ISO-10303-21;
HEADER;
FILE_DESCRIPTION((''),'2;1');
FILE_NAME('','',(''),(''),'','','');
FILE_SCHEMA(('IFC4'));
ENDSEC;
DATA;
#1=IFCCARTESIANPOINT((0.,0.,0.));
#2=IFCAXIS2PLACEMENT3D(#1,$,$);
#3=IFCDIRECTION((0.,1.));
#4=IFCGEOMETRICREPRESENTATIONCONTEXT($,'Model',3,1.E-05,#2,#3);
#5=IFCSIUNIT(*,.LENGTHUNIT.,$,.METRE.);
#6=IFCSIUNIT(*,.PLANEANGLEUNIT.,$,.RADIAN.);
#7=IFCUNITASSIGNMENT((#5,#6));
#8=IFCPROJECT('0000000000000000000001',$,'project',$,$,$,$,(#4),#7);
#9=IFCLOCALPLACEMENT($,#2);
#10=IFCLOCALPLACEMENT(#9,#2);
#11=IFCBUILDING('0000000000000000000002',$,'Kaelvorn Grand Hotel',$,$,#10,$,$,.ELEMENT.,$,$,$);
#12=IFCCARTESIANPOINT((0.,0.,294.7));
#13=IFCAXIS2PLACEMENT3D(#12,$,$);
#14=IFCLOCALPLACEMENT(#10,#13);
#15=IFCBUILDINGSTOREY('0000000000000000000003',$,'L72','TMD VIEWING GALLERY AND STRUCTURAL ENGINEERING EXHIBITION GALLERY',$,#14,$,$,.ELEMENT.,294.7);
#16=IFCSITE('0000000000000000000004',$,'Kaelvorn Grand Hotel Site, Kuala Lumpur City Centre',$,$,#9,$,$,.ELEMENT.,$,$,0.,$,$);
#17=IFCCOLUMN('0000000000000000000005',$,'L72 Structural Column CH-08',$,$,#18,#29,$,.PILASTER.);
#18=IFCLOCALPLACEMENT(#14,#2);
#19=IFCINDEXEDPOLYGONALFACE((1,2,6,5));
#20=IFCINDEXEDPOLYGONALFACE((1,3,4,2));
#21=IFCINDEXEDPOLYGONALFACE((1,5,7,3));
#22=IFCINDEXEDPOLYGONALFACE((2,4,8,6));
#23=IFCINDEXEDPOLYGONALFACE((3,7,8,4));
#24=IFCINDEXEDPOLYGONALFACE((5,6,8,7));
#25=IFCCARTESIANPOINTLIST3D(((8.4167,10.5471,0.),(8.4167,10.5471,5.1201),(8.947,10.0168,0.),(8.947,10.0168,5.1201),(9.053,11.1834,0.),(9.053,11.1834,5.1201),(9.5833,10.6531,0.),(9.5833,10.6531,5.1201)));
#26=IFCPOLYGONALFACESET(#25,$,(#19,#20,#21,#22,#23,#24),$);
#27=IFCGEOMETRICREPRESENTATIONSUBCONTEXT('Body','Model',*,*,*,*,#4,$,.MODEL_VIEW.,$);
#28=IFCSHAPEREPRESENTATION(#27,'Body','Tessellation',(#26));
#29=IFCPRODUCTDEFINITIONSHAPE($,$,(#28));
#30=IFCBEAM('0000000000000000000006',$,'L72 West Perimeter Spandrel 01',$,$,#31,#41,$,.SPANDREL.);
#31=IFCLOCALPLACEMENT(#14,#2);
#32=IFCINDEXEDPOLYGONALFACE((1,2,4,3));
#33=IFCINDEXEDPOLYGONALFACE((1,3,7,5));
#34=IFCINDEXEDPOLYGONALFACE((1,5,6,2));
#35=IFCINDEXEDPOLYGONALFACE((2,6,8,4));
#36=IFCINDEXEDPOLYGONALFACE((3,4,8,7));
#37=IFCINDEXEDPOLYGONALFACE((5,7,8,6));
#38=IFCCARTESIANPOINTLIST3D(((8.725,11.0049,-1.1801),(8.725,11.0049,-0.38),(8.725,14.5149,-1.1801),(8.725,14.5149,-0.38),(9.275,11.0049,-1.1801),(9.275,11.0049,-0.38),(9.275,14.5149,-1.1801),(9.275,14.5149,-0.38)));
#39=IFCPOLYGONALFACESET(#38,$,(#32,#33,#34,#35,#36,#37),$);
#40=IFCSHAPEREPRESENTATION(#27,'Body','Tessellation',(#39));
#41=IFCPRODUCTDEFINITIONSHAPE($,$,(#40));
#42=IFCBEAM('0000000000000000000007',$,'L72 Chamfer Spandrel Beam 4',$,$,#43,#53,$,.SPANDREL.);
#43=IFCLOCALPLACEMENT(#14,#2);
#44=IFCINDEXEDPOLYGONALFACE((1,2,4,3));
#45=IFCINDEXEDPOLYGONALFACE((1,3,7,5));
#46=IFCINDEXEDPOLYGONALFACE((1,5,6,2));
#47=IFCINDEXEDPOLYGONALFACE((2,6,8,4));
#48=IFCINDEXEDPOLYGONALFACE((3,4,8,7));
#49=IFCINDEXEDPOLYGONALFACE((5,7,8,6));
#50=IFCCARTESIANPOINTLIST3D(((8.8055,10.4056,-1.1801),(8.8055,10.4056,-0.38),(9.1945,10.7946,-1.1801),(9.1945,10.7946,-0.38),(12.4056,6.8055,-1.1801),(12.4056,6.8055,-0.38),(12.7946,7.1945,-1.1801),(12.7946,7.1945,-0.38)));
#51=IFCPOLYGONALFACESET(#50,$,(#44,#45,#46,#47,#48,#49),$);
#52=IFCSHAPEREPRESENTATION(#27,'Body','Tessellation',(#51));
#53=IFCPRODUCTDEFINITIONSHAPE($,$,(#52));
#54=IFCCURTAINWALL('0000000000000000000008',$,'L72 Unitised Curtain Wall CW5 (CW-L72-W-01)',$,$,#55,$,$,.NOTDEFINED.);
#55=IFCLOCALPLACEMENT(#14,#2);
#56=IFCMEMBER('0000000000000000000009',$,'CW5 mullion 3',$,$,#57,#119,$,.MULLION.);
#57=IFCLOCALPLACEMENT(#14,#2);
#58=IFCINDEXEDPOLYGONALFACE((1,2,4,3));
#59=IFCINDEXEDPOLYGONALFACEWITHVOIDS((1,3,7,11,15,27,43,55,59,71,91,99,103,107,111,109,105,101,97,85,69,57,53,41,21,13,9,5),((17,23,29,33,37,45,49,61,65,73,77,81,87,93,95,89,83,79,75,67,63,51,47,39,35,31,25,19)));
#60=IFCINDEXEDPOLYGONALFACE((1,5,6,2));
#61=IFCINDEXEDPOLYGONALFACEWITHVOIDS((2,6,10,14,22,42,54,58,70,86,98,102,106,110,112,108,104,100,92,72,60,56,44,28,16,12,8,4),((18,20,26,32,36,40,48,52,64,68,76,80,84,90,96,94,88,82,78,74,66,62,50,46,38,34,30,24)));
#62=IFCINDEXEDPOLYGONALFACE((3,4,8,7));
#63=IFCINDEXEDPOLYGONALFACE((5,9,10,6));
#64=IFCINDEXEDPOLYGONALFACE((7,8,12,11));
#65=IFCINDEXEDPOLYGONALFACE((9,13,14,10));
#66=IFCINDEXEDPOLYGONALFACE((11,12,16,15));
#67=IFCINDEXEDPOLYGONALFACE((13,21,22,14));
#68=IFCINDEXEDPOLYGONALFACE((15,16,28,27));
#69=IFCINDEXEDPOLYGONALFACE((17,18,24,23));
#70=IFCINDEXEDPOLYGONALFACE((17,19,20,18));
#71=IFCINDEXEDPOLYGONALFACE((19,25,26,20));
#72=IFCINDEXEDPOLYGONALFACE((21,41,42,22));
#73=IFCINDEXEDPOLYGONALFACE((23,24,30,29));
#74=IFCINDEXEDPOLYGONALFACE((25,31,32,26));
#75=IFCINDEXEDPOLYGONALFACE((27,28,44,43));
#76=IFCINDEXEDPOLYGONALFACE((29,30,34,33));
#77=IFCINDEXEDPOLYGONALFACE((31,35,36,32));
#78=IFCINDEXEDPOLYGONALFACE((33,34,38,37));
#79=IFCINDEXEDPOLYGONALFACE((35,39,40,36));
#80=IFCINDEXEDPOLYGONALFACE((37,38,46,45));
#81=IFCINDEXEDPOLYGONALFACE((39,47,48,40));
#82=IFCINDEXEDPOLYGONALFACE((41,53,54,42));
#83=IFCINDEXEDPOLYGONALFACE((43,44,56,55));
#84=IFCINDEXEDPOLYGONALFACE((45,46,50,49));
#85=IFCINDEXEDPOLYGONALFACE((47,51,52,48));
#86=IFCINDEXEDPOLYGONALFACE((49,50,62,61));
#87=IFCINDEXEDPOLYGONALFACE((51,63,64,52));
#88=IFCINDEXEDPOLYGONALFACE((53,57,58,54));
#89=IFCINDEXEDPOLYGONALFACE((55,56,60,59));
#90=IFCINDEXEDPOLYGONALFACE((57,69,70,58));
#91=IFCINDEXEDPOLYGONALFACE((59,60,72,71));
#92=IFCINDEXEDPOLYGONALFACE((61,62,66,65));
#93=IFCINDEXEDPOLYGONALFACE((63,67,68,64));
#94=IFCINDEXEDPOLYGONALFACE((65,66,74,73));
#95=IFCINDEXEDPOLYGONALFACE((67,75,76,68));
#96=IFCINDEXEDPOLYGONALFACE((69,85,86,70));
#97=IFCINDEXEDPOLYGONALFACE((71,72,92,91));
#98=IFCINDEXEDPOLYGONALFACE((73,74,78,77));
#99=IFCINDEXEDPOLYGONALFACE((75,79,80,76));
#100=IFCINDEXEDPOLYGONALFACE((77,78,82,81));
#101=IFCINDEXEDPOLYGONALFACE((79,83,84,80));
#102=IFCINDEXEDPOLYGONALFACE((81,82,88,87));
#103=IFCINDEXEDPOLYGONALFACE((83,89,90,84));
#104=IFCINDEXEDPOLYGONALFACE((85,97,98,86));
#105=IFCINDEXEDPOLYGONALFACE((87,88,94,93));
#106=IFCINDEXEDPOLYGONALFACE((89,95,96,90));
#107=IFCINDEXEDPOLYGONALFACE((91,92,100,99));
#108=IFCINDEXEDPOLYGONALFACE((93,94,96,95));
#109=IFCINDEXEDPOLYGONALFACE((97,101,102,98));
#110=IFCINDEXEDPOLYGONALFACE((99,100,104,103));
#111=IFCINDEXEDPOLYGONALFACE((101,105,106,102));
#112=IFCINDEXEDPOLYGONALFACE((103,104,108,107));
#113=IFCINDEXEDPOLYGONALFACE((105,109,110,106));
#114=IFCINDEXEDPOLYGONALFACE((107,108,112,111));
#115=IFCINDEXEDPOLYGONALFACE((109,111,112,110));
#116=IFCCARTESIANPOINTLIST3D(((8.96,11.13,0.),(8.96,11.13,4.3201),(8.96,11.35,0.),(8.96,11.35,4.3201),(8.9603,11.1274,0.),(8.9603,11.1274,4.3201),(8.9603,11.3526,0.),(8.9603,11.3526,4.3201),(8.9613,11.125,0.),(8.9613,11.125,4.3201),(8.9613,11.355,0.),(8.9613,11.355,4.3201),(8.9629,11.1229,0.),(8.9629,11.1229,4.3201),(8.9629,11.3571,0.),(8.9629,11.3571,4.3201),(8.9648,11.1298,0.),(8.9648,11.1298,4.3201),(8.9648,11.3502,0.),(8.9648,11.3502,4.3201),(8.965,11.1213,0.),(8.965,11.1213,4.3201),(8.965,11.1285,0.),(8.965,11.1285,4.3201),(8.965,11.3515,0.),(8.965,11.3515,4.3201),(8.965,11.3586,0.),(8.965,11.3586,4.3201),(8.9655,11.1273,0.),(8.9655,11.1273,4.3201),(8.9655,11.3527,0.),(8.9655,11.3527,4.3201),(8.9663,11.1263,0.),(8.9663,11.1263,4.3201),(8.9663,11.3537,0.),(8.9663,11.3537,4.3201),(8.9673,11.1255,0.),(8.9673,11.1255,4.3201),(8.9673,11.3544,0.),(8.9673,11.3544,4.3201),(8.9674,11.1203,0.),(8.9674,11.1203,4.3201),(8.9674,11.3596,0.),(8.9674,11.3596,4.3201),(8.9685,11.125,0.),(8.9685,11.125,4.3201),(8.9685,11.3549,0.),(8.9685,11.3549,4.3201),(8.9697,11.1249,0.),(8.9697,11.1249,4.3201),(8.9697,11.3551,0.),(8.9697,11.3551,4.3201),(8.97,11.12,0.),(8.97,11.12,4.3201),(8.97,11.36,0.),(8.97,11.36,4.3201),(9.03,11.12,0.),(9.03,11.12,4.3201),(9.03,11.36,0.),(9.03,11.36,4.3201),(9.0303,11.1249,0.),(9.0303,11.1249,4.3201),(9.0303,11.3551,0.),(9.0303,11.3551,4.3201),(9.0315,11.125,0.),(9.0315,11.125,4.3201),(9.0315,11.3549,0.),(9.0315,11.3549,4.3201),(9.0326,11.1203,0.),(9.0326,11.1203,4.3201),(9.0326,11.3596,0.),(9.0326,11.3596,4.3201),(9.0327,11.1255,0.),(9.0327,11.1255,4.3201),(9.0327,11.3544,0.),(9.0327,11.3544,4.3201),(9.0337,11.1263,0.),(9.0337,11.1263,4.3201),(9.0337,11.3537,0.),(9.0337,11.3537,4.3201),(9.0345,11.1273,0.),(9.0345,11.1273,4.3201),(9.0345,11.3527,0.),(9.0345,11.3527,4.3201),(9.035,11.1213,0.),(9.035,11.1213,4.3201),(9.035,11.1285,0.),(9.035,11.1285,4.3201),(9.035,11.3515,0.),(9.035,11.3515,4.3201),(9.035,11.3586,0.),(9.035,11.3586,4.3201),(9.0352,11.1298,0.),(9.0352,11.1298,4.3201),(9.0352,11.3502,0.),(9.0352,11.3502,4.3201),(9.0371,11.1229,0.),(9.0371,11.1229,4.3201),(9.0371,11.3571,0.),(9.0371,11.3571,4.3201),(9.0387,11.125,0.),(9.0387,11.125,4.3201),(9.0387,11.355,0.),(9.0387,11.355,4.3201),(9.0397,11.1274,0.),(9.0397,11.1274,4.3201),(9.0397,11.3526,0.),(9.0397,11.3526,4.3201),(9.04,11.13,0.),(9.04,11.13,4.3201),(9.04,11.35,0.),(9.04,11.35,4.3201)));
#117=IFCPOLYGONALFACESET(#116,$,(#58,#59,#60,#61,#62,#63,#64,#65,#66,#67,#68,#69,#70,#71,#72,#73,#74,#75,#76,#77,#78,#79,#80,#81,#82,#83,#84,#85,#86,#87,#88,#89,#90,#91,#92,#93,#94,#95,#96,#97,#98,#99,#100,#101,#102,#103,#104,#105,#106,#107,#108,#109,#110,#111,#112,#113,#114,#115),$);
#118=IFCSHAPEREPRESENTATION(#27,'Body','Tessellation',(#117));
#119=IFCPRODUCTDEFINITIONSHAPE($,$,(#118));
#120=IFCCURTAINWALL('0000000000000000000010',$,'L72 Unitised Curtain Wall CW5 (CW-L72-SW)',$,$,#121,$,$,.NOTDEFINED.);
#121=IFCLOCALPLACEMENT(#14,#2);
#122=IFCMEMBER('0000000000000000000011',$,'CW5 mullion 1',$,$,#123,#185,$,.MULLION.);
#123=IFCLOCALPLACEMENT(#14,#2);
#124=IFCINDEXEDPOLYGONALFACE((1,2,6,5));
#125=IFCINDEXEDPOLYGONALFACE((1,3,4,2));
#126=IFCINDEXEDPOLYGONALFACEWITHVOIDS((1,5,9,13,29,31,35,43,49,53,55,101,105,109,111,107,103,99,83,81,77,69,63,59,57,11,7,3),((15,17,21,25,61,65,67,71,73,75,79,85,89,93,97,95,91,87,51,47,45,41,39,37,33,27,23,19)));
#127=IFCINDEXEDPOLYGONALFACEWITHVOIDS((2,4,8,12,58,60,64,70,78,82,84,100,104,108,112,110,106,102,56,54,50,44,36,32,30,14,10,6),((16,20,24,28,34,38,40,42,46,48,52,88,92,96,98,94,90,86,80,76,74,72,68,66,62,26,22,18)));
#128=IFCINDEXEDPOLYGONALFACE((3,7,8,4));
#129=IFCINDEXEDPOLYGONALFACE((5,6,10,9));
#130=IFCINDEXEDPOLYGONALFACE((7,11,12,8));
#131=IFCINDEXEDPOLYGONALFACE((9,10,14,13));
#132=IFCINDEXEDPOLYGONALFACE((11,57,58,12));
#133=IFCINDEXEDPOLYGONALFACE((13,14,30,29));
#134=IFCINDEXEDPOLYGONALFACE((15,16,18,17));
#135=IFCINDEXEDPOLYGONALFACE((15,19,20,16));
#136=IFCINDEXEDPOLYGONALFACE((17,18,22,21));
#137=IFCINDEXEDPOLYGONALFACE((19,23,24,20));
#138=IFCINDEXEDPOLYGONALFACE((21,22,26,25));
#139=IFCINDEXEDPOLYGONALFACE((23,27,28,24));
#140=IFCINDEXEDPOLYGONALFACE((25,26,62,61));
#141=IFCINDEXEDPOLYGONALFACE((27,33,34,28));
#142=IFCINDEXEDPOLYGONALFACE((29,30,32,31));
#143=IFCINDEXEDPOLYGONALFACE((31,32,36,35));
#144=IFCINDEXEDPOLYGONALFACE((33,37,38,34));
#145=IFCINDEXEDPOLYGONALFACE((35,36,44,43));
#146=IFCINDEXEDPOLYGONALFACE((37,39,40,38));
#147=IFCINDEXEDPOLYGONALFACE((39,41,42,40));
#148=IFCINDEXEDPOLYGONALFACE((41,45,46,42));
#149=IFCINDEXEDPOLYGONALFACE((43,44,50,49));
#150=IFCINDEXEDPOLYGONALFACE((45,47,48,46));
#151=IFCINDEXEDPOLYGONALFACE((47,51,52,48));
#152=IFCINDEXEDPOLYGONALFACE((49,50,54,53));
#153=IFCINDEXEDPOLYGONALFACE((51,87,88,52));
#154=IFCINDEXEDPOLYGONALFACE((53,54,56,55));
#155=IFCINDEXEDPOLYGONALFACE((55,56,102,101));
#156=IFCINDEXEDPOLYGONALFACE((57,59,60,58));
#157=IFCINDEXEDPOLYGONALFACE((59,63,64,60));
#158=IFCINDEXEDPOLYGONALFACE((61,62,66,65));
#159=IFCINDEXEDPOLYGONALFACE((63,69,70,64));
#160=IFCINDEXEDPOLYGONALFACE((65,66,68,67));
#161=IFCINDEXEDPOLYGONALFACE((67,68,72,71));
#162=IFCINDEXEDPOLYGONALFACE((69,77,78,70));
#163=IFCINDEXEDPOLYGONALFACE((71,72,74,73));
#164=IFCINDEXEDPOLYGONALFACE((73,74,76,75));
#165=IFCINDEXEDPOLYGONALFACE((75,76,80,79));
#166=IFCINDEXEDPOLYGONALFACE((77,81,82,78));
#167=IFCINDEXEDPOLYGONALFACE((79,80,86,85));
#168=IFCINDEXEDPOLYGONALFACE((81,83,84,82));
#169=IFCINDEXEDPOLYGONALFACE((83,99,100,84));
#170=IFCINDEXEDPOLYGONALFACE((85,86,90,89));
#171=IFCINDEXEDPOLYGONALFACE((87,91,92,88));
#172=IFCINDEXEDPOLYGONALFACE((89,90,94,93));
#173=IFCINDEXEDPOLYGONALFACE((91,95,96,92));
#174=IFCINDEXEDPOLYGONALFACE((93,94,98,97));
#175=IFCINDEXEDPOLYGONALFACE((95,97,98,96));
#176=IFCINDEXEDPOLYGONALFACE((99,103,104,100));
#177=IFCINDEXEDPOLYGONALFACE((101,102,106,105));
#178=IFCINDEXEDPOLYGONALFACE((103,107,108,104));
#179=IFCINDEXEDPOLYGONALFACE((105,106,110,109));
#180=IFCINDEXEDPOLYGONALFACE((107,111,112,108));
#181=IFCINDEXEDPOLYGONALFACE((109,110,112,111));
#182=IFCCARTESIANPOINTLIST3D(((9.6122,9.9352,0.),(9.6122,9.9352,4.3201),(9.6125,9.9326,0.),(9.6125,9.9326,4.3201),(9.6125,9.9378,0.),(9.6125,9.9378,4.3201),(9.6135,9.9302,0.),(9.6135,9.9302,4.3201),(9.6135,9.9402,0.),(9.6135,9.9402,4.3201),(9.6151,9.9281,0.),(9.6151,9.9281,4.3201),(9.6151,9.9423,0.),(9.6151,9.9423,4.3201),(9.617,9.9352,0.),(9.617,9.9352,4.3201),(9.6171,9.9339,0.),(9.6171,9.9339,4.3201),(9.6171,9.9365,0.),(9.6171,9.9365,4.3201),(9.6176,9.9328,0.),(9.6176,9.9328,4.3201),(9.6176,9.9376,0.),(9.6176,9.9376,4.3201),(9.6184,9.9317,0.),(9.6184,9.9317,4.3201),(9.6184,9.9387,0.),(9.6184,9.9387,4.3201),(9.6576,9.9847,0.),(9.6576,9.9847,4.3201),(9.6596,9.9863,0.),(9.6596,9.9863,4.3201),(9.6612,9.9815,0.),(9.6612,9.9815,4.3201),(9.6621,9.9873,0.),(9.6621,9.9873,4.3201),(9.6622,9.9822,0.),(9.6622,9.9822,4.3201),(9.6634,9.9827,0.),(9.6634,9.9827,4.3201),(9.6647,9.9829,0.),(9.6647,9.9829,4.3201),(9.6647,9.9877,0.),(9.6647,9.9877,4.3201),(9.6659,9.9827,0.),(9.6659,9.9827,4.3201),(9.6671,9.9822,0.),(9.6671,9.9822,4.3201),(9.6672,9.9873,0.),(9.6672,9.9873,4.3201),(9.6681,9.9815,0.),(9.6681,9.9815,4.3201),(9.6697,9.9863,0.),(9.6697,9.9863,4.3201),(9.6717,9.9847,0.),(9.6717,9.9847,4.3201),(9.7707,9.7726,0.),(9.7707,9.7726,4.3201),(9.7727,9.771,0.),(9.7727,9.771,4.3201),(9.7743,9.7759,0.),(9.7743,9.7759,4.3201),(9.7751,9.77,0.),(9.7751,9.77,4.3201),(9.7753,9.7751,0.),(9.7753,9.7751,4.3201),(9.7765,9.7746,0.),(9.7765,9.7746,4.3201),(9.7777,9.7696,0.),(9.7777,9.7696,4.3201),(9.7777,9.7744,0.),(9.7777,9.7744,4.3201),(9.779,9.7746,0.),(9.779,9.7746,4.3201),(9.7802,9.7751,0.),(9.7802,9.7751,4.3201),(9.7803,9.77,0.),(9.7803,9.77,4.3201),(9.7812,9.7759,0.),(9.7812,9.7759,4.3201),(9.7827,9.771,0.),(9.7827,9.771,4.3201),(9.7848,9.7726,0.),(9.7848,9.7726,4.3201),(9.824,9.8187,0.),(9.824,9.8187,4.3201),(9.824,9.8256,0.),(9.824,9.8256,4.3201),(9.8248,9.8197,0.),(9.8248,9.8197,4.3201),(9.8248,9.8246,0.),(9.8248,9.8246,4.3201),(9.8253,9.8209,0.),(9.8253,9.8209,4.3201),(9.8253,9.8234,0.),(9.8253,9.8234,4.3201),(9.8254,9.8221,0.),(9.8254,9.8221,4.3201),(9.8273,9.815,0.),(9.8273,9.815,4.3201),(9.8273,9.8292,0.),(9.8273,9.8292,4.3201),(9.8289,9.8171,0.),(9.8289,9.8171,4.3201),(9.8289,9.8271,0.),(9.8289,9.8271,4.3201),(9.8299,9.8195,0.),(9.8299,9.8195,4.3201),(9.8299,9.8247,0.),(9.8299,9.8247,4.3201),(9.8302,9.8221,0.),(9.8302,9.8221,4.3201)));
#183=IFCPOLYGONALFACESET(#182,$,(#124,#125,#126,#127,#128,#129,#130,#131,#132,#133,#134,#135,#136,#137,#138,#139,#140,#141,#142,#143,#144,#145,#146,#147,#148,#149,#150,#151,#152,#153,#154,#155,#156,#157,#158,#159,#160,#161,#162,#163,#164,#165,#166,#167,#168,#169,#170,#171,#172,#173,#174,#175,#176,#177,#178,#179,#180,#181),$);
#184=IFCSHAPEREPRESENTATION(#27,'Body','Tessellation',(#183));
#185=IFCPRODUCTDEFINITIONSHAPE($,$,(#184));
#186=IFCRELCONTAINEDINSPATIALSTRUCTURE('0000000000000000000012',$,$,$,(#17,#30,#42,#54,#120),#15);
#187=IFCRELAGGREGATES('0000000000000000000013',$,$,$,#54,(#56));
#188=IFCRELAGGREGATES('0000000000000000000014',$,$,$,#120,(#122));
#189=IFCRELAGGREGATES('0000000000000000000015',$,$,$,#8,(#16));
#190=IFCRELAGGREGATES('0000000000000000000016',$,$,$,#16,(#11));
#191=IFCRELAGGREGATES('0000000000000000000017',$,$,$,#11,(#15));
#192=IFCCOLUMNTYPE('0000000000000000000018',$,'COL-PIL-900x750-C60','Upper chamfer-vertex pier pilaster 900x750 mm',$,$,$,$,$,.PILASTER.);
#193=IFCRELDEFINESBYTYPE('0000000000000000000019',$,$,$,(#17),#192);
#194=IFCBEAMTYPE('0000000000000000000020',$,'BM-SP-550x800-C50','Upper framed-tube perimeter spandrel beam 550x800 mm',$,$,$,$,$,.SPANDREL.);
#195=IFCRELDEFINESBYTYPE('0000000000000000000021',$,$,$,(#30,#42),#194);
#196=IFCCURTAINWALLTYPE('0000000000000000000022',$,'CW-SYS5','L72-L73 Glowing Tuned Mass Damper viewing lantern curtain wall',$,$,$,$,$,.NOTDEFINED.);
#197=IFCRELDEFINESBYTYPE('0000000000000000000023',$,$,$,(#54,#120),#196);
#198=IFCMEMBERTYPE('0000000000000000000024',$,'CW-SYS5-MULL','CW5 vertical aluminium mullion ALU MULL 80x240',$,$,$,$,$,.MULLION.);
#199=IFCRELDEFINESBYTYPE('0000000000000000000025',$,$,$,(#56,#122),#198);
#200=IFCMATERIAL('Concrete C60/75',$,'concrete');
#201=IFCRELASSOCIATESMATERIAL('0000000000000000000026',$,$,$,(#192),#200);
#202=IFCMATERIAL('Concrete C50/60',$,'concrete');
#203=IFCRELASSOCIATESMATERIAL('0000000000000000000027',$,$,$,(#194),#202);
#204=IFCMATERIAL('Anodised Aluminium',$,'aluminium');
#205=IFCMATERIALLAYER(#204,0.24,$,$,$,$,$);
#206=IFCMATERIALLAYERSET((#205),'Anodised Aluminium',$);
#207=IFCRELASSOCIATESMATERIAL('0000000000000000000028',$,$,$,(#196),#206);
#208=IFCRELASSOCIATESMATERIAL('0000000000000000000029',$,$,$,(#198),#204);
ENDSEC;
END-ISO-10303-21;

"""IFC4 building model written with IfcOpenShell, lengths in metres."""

from ifc_helpers import new_model, si_unit, direction, frame, origin, origin_2d, place, context, subcontext, project, spatial, rectangle, hollow_rectangle, extrude, material, layer, layer_set, material_profile, profile_set, type_object, element, aggregate, save


model = new_model("IFC4")

# Units and contexts
model_context = context("Model", 3, precision=1e-05, world=origin(), true_north=direction((0.0, 1.0)))
body_context = subcontext(model_context, "Body", "Model", "MODEL_VIEW")
ifc_project = project(units=[si_unit("LENGTHUNIT", "METRE"), si_unit("PLANEANGLEUNIT", "RADIAN")], contexts=[model_context])

# Site, building, storey
site_placement = place(None, origin())
site = spatial("IfcSite", under=ifc_project, at=site_placement, Name="Kaelvorn Grand Hotel Site, Kuala Lumpur City Centre", CompositionType="ELEMENT", RefElevation=0.0)
building_placement = place(site_placement, origin())
building = spatial("IfcBuilding", under=site, at=building_placement, Name="Kaelvorn Grand Hotel", CompositionType="ELEMENT")
storey_placement = place(building_placement, frame((0.0, 0.0, 294.7)))
storey = spatial("IfcBuildingStorey", under=building, at=storey_placement, Name="L72", Description="TMD VIEWING GALLERY AND STRUCTURAL ENGINEERING EXHIBITION GALLERY", CompositionType="ELEMENT", Elevation=294.7)

# Column
ifc_material_1 = material(Name="Concrete C60/75", Category="concrete")
ifc_material_profile_1 = material_profile(ifc_material_1, rectangle(XDim=0.8999, YDim=0.75, at=origin_2d()), Name="RC PILASTER 900x750")
ifc_profile_set_1 = profile_set([ifc_material_profile_1], Name="Concrete C60/75")
column_type = type_object("IfcColumnType", Name="COL-PIL-900x750-C60", Description="Upper chamfer-vertex pier pilaster 900x750 mm", PredefinedType="PILASTER", material=ifc_profile_set_1)
column_placement = place(storey_placement, frame((9.0, 10.6001, 0.0), z_axis=(0.0, 0.0, 1.0), x_axis=(0.707107, 0.707107, 0.0)))
element("IfcColumn", 1, at=column_placement, inside=storey, type_object=column_type, Name="L72 Structural Column CH-08", PredefinedType="PILASTER", context=body_context, shape_type="SweptSolid", body=[
    extrude(rectangle(XDim=0.8999, YDim=0.75, at=origin_2d()), origin(), (0.0, 0.0, 1.0), 5.1201),
])

# Beams
ifc_material_2 = material(Name="Concrete C50/60", Category="concrete")
ifc_material_profile_2 = material_profile(ifc_material_2, rectangle(XDim=0.55, YDim=0.8, at=origin_2d()), Name="RC SPANDREL 550x800")
ifc_profile_set_2 = profile_set([ifc_material_profile_2], Name="Concrete C50/60")
beam_type = type_object("IfcBeamType", Name="BM-SP-550x800-C50", Description="Upper framed-tube perimeter spandrel beam 550x800 mm", PredefinedType="SPANDREL", material=ifc_profile_set_2)
beam_1_placement = place(storey_placement, frame((9.0, 11.0049, -0.78), z_axis=(0.0, 1.0, 0.0), x_axis=(-1.0, 0.0, 0.0)))
element("IfcBeam", 2, at=beam_1_placement, inside=storey, type_object=beam_type, Name="L72 West Perimeter Spandrel 01", PredefinedType="SPANDREL", context=body_context, shape_type="SweptSolid", body=[
    extrude(rectangle(XDim=0.55, YDim=0.8, at=origin_2d()), origin(), (0.0, 0.0, 1.0), 3.51),
])
beam_2_placement = place(storey_placement, frame((9.0, 10.6001, -0.78), z_axis=(0.707107, -0.707107, 0.0), x_axis=(0.707107, 0.707107, 0.0)))
element("IfcBeam", 3, at=beam_2_placement, inside=storey, type_object=beam_type, Name="L72 Chamfer Spandrel Beam 4", PredefinedType="SPANDREL", context=body_context, shape_type="SweptSolid", body=[
    extrude(rectangle(XDim=0.55, YDim=0.8, at=origin_2d()), origin(), (0.0, 0.0, 1.0), 5.0913),
])

# Curtain wall, member
ifc_material_3 = material(Name="Anodised Aluminium", Category="aluminium")
ifc_layer_1 = layer(ifc_material_3, 0.24)
ifc_layer_set_1 = layer_set([ifc_layer_1], Name="Anodised Aluminium")
curtain_wall_type = type_object("IfcCurtainWallType", Name="CW-SYS5", Description="L72-L73 Glowing Tuned Mass Damper viewing lantern curtain wall", PredefinedType="NOTDEFINED", material=ifc_layer_set_1)
curtain_wall_1_placement = place(storey_placement, origin())
curtain_wall_1 = element("IfcCurtainWall", 4, at=curtain_wall_1_placement, inside=storey, type_object=curtain_wall_type, Name="L72 Unitised Curtain Wall CW5 (CW-L72-W-01)", PredefinedType="NOTDEFINED")
ifc_material_profile_3 = material_profile(ifc_material_3, hollow_rectangle(XDim=0.0801, YDim=0.24, WallThickness=0.0049, InnerFilletRadius=0.0049, OuterFilletRadius=0.01, at=origin_2d()), Name="ALU MULL 80x240")
ifc_profile_set_3 = profile_set([ifc_material_profile_3], Name="Anodised Aluminium")
member_type_1 = type_object("IfcMemberType", Name="CW-SYS5-MULL", Description="CW5 vertical aluminium mullion ALU MULL 80x240", PredefinedType="MULLION", material=ifc_profile_set_3)
member_1_placement = place(storey_placement, frame((9.0, 11.24, 0.0), z_axis=(0.0, 0.0, 1.0), x_axis=(1.0, 0.0, 0.0)))
member_1 = element("IfcMember", 5, at=member_1_placement, type_object=member_type_1, Name="CW5 mullion 3", PredefinedType="MULLION", context=body_context, shape_type="SweptSolid", body=[
    extrude(hollow_rectangle(XDim=0.0801, YDim=0.24, WallThickness=0.0049, InnerFilletRadius=0.0049, OuterFilletRadius=0.01, at=origin_2d()), origin(), (0.0, 0.0, 1.0), 4.3201),
])

# Curtain wall, member
curtain_wall_2_placement = place(storey_placement, origin())
curtain_wall_2 = element("IfcCurtainWall", 6, at=curtain_wall_2_placement, inside=storey, type_object=curtain_wall_type, Name="L72 Unitised Curtain Wall CW5 (CW-L72-SW)", PredefinedType="NOTDEFINED")
member_2_placement = place(storey_placement, frame((9.7212, 9.8787, 0.0), z_axis=(0.0, 0.0, 1.0), x_axis=(0.707107, 0.707107, 0.0)))
member_2 = element("IfcMember", 7, at=member_2_placement, type_object=member_type_1, Name="CW5 mullion 1", PredefinedType="MULLION", context=body_context, shape_type="SweptSolid", body=[
    extrude(hollow_rectangle(XDim=0.0801, YDim=0.24, WallThickness=0.0049, InnerFilletRadius=0.0049, OuterFilletRadius=0.01, at=origin_2d()), origin(), (0.0, 0.0, 1.0), 4.3201),
])

aggregate(curtain_wall_1, [member_1])
aggregate(curtain_wall_2, [member_2])

save(model, "model.ifc")
